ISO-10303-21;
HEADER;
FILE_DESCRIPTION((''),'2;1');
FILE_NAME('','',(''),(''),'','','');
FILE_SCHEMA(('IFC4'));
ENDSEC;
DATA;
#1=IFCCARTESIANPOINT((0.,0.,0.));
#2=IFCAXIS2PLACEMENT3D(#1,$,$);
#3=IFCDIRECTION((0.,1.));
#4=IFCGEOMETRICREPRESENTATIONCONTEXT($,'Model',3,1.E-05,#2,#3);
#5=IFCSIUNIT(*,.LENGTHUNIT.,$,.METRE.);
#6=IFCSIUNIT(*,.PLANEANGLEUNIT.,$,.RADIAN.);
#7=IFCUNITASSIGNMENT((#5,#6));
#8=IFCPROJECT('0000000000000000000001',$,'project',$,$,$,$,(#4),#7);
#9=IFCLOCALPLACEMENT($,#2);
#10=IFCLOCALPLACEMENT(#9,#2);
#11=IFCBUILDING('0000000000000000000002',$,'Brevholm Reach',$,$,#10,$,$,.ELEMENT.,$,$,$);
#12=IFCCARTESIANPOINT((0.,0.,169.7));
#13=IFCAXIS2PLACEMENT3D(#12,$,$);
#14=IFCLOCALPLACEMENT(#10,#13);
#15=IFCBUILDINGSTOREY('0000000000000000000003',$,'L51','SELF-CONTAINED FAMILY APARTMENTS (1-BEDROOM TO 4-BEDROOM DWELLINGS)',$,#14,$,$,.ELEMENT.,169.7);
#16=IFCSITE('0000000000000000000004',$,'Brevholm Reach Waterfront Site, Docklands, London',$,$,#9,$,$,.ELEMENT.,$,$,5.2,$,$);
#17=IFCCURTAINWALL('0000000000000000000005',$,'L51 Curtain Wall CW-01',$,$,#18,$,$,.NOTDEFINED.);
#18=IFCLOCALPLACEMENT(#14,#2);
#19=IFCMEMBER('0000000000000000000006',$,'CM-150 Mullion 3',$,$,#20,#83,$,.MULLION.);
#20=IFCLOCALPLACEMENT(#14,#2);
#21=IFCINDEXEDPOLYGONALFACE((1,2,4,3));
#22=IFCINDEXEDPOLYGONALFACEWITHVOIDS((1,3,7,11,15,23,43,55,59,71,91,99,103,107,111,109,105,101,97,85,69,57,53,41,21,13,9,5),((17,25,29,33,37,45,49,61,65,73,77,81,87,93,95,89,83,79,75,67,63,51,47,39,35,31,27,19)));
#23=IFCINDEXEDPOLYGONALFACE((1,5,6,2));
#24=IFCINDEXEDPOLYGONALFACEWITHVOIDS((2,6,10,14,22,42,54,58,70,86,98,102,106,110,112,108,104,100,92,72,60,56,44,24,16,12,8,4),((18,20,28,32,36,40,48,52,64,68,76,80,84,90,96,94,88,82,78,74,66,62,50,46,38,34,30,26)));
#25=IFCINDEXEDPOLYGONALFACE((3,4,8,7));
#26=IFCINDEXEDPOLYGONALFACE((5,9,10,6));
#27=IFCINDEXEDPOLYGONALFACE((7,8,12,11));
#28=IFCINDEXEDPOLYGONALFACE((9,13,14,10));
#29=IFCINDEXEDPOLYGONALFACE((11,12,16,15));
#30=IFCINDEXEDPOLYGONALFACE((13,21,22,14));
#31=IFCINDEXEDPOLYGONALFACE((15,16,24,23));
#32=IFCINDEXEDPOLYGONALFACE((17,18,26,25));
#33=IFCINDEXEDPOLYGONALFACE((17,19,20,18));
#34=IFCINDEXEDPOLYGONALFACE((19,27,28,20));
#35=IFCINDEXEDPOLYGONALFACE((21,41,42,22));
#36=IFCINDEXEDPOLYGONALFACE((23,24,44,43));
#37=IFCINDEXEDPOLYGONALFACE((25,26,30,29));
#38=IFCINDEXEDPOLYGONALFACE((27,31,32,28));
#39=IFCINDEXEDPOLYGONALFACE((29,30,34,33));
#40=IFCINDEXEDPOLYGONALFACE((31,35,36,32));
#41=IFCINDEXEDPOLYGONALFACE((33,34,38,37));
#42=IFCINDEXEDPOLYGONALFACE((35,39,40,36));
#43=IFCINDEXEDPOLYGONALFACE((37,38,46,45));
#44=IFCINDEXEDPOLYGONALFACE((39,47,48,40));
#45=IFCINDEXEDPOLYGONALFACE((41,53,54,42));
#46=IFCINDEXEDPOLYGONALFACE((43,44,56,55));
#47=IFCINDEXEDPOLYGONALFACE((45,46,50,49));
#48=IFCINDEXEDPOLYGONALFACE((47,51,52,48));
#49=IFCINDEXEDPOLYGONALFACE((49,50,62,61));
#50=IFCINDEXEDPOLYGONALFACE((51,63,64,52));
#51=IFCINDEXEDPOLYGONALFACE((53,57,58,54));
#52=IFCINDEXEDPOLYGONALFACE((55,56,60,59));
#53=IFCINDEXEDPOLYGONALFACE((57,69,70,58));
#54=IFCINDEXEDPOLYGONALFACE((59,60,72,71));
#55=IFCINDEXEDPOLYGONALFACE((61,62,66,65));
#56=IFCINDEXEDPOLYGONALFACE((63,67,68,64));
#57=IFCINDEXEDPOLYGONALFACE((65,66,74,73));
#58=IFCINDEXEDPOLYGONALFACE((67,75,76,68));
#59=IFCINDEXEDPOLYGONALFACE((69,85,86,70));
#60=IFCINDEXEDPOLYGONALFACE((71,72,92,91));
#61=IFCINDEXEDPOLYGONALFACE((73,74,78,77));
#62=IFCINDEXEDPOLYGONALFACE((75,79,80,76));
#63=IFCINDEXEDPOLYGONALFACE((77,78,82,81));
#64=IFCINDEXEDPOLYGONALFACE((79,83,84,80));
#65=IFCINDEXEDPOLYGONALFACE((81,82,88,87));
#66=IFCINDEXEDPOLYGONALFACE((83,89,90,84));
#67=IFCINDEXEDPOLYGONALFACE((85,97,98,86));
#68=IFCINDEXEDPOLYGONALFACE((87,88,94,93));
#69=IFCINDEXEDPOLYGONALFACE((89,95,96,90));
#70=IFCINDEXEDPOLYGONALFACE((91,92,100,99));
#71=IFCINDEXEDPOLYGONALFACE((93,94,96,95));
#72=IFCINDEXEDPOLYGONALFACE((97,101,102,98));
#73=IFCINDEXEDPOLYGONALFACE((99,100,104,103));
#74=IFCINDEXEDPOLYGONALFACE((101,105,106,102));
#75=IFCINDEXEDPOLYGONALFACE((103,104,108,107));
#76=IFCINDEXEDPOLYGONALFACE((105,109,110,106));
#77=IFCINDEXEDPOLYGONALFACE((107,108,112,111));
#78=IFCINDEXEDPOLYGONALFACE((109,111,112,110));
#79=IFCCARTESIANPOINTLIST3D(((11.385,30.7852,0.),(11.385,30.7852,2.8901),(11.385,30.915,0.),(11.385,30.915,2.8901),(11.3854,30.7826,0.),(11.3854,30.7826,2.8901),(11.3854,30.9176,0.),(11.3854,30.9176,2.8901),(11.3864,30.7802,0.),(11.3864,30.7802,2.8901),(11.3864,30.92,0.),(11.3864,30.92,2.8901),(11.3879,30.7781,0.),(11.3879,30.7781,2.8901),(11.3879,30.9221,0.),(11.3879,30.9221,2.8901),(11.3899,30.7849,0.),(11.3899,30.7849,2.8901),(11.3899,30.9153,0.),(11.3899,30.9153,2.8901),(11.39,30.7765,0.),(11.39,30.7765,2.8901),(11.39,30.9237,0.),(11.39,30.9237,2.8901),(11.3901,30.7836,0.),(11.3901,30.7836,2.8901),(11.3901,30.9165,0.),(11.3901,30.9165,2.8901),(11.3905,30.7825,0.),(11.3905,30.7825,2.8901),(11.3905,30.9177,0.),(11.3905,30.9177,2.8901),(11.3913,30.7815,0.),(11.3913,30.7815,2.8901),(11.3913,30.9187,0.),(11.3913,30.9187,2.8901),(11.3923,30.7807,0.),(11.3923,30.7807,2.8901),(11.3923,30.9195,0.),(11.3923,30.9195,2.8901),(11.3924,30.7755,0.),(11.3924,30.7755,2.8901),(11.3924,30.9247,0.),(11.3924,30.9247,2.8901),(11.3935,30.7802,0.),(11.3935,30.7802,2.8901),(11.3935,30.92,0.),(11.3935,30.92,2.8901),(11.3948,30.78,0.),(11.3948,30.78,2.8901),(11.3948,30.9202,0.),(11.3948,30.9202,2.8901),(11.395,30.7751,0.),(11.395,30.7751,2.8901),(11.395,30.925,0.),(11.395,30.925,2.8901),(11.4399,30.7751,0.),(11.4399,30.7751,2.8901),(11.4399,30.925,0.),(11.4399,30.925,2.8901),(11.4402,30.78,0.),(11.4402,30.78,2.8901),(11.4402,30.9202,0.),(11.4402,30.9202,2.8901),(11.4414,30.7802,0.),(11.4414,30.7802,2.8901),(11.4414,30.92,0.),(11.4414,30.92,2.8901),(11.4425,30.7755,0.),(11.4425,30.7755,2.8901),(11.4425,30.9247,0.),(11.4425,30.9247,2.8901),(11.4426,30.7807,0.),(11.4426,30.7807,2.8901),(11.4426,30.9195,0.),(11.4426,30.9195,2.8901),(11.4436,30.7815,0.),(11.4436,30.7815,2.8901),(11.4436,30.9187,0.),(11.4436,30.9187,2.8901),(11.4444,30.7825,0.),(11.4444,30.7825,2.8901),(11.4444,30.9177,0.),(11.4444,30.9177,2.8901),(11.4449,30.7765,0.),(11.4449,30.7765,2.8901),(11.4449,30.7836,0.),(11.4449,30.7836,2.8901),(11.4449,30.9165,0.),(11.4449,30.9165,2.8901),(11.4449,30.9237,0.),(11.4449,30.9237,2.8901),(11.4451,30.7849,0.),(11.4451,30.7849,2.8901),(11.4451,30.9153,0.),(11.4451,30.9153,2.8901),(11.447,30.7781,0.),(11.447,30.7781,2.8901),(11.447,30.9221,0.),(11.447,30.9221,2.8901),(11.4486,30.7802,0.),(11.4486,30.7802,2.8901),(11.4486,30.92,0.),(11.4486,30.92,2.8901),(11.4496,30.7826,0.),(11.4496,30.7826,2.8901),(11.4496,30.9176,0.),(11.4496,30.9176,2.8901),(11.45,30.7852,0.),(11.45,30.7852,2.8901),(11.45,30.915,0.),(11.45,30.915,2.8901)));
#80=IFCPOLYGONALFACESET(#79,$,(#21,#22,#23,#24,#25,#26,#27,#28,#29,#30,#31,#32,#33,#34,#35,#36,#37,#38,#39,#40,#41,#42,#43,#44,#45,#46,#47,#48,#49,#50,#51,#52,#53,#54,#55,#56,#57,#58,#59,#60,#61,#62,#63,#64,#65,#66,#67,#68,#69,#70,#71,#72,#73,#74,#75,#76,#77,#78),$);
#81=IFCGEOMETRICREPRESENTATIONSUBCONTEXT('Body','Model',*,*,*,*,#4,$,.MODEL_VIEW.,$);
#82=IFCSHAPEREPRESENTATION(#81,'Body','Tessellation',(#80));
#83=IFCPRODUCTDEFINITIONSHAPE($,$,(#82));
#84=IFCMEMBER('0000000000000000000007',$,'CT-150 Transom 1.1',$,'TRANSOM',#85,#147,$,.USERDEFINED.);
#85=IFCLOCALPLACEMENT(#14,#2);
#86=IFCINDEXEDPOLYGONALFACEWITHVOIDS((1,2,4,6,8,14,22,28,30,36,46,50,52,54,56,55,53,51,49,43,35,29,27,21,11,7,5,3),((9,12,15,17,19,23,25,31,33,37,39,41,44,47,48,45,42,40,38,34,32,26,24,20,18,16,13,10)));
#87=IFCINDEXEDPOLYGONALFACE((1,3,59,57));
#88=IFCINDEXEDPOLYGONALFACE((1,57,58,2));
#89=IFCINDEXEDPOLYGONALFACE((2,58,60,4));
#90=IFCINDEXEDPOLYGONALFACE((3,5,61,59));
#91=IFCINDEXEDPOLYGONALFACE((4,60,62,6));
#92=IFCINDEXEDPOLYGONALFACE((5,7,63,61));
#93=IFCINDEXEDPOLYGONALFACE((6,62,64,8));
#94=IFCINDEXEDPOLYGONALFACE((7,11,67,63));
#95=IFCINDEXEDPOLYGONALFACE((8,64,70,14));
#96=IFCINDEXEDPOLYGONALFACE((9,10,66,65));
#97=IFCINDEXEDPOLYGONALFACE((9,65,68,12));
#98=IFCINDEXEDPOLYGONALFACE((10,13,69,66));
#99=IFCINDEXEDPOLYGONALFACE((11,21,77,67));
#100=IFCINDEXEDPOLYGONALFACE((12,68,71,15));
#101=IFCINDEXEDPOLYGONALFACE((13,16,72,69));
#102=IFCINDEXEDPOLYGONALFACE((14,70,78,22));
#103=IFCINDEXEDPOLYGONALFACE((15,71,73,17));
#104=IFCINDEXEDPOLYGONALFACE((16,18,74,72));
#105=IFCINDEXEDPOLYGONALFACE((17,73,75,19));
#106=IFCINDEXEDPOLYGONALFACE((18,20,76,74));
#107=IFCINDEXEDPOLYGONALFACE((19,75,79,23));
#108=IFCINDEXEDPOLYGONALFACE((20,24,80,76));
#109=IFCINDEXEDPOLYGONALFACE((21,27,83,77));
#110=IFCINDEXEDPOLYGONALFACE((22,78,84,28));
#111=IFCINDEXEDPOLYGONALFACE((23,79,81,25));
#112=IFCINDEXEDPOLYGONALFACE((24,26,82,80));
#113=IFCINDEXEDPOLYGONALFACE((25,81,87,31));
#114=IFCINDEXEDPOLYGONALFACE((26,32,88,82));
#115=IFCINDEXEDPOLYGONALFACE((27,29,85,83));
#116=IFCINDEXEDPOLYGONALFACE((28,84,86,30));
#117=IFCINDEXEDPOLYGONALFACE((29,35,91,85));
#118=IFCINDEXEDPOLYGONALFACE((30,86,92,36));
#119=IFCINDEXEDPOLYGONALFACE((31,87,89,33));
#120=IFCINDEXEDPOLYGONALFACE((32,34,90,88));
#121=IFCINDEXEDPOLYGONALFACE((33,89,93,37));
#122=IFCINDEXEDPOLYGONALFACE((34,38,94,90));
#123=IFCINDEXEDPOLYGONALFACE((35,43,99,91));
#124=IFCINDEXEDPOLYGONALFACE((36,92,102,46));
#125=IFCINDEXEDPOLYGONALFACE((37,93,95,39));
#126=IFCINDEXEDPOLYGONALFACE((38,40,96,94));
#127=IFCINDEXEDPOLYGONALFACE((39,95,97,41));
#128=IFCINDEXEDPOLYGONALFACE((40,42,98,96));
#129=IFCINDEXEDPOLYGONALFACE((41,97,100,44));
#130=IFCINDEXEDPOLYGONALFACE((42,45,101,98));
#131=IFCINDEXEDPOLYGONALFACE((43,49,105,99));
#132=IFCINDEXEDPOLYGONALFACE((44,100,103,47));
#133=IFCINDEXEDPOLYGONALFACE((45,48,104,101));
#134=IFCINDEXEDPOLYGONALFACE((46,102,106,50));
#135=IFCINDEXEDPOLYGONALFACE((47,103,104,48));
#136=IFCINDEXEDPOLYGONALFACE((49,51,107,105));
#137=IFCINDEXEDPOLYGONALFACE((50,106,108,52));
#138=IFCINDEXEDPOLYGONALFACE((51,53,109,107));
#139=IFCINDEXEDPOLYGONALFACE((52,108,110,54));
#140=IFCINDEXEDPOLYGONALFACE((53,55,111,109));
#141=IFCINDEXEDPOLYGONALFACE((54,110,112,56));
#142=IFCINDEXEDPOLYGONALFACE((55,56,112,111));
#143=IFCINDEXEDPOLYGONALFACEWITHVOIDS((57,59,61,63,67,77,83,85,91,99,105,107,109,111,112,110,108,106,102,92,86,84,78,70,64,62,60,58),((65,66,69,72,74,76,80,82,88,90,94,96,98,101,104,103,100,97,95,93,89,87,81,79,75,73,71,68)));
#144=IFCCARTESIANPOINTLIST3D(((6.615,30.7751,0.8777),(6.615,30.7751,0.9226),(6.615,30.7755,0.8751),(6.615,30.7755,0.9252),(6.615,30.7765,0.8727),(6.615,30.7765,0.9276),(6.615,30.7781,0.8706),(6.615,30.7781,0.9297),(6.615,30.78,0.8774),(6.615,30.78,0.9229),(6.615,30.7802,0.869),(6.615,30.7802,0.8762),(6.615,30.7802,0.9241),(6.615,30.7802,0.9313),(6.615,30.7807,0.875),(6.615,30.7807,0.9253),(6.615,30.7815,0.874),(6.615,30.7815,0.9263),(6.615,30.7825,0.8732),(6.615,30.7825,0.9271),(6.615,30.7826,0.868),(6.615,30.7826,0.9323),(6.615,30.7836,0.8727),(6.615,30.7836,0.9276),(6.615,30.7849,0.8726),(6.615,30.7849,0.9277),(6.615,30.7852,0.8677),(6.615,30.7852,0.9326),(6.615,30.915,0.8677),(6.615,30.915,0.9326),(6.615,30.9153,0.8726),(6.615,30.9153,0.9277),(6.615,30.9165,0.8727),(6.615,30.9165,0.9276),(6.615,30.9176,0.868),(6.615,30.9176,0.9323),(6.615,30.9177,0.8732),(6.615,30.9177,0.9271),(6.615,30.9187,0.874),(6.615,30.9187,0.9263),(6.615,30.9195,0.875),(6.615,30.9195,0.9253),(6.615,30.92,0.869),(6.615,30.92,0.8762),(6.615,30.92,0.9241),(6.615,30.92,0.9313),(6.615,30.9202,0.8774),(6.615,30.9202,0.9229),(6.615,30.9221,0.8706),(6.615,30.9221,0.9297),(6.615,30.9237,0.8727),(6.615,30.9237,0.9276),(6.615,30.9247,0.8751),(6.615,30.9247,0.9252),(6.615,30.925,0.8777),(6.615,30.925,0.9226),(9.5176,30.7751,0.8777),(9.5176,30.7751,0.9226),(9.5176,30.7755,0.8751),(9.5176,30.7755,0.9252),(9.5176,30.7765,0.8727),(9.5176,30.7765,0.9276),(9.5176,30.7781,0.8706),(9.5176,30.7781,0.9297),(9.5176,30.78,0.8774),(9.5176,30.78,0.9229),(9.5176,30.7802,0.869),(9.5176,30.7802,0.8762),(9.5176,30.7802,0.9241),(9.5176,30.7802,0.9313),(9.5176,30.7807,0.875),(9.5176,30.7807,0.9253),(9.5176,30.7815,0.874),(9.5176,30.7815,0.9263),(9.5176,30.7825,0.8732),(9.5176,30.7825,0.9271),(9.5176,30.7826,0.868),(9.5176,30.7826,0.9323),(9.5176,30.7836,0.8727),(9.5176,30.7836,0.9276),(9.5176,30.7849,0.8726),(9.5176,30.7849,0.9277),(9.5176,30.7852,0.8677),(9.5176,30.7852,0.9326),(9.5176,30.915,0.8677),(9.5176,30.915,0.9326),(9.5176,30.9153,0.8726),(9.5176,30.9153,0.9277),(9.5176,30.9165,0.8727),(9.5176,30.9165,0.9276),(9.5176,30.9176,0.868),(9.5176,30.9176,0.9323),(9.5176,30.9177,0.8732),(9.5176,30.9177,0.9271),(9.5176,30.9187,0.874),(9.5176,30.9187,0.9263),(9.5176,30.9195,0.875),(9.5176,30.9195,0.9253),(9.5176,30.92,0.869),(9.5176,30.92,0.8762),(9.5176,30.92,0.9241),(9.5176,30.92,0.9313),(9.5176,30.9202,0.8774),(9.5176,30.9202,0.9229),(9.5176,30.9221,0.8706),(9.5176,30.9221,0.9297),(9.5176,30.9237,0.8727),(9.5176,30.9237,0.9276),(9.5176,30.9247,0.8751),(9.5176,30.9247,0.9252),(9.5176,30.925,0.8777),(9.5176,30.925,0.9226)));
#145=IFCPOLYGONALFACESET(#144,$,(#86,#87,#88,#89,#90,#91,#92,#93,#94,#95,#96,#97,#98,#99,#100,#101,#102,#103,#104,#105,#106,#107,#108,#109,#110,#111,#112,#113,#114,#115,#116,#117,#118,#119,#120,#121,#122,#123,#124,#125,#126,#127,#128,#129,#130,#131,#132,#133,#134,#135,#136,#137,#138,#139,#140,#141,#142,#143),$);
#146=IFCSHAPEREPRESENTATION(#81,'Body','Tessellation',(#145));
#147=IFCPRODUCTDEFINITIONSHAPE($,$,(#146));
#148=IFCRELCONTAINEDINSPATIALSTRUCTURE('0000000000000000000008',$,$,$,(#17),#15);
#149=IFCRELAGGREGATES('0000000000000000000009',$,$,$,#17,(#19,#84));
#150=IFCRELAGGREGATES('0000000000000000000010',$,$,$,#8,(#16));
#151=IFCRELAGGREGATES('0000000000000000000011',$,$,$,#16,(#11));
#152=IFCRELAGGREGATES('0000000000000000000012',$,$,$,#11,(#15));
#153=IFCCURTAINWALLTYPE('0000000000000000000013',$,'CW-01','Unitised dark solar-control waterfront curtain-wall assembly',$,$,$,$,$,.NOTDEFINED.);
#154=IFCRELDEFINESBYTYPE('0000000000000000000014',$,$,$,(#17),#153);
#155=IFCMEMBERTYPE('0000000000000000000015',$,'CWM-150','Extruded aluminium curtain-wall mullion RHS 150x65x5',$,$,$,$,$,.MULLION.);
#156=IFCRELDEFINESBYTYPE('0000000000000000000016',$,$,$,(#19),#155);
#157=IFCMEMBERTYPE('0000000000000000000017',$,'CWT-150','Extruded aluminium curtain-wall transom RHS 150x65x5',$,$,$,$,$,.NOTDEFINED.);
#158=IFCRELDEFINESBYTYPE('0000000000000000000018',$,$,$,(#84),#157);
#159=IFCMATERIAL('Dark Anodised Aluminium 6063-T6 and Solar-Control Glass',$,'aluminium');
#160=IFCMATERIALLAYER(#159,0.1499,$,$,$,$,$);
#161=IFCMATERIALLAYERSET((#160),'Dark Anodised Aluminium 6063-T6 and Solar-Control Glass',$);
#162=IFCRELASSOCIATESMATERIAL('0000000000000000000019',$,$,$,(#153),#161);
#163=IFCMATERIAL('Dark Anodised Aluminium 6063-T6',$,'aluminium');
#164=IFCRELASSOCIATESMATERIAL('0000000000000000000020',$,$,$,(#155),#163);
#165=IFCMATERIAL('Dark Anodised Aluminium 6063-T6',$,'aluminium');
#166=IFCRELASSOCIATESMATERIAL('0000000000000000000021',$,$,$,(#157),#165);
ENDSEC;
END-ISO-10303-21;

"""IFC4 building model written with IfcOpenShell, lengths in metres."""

from ifc_helpers import new_model, si_unit, direction, frame, origin, origin_2d, place, context, subcontext, project, spatial, hollow_rectangle, extrude, material, layer, layer_set, material_profile, profile_set, type_object, element, aggregate, save


model = new_model("IFC4")

# Units and contexts
model_context = context("Model", 3, precision=1e-05, world=origin(), true_north=direction((0.0, 1.0)))
body_context = subcontext(model_context, "Body", "Model", "MODEL_VIEW")
ifc_project = project(units=[si_unit("LENGTHUNIT", "METRE"), si_unit("PLANEANGLEUNIT", "RADIAN")], contexts=[model_context])

# Site, building, storey
site_placement = place(None, origin())
site = spatial("IfcSite", under=ifc_project, at=site_placement, Name="Brevholm Reach Waterfront Site, Docklands, London", CompositionType="ELEMENT", RefElevation=5.2)
building_placement = place(site_placement, origin())
building = spatial("IfcBuilding", under=site, at=building_placement, Name="Brevholm Reach", CompositionType="ELEMENT")
storey_placement = place(building_placement, frame((0.0, 0.0, 169.7)))
storey = spatial("IfcBuildingStorey", under=building, at=storey_placement, Name="L51", Description="SELF-CONTAINED FAMILY APARTMENTS (1-BEDROOM TO 4-BEDROOM DWELLINGS)", CompositionType="ELEMENT", Elevation=169.7)

# Curtain wall, members
ifc_material_1 = material(Name="Dark Anodised Aluminium 6063-T6 and Solar-Control Glass", Category="aluminium")
ifc_layer_1 = layer(ifc_material_1, 0.1499)
ifc_layer_set_1 = layer_set([ifc_layer_1], Name="Dark Anodised Aluminium 6063-T6 and Solar-Control Glass")
curtain_wall_type = type_object("IfcCurtainWallType", Name="CW-01", Description="Unitised dark solar-control waterfront curtain-wall assembly", PredefinedType="NOTDEFINED", material=ifc_layer_set_1)
curtain_wall_placement = place(storey_placement, origin())
curtain_wall = element("IfcCurtainWall", 1, at=curtain_wall_placement, inside=storey, type_object=curtain_wall_type, Name="L51 Curtain Wall CW-01", PredefinedType="NOTDEFINED")
ifc_material_2 = material(Name="Dark Anodised Aluminium 6063-T6", Category="aluminium")
ifc_material_profile_1 = material_profile(ifc_material_2, hollow_rectangle(XDim=0.0649, YDim=0.1499, WallThickness=0.0049, InnerFilletRadius=0.0049, OuterFilletRadius=0.01, at=origin_2d()), Name="RHS 150x65x5")
ifc_profile_set_1 = profile_set([ifc_material_profile_1], Name="Dark Anodised Aluminium 6063-T6")
member_type_1 = type_object("IfcMemberType", Name="CWM-150", Description="Extruded aluminium curtain-wall mullion RHS 150x65x5", PredefinedType="MULLION", material=ifc_profile_set_1)
member_1_placement = place(storey_placement, frame((11.4175, 30.8501, 0.0), z_axis=(0.0, 0.0, 1.0), x_axis=(1.0, 0.0, 0.0)))
member_1 = element("IfcMember", 2, at=member_1_placement, type_object=member_type_1, Name="CM-150 Mullion 3", PredefinedType="MULLION", context=body_context, shape_type="SweptSolid", body=[
    extrude(hollow_rectangle(XDim=0.0649, YDim=0.1499, WallThickness=0.0049, InnerFilletRadius=0.0049, OuterFilletRadius=0.01, at=origin_2d()), origin(), (0.0, 0.0, 1.0), 2.8901),
])
ifc_material_3 = material(Name="Dark Anodised Aluminium 6063-T6", Category="aluminium")
ifc_material_profile_2 = material_profile(ifc_material_3, hollow_rectangle(XDim=0.0649, YDim=0.1499, WallThickness=0.0049, InnerFilletRadius=0.0049, OuterFilletRadius=0.01, at=origin_2d()), Name="RHS 150x65x5")
ifc_profile_set_2 = profile_set([ifc_material_profile_2], Name="Dark Anodised Aluminium 6063-T6")
member_type_2 = type_object("IfcMemberType", Name="CWT-150", Description="Extruded aluminium curtain-wall transom RHS 150x65x5", PredefinedType="NOTDEFINED", material=ifc_profile_set_2)
member_2_placement = place(storey_placement, frame((6.615, 30.8501, 0.9001), z_axis=(1.0, 0.0, 0.0), x_axis=(0.0, 0.0, 1.0)))
member_2 = element("IfcMember", 3, at=member_2_placement, type_object=member_type_2, Name="CT-150 Transom 1.1", ObjectType="TRANSOM", PredefinedType="USERDEFINED", context=body_context, shape_type="SweptSolid", body=[
    extrude(hollow_rectangle(XDim=0.0649, YDim=0.1499, WallThickness=0.0049, InnerFilletRadius=0.0049, OuterFilletRadius=0.01, at=origin_2d()), origin(), (0.0, 0.0, 1.0), 2.9026),
])
aggregate(curtain_wall, [member_1, member_2])

save(model, "model.ifc")
